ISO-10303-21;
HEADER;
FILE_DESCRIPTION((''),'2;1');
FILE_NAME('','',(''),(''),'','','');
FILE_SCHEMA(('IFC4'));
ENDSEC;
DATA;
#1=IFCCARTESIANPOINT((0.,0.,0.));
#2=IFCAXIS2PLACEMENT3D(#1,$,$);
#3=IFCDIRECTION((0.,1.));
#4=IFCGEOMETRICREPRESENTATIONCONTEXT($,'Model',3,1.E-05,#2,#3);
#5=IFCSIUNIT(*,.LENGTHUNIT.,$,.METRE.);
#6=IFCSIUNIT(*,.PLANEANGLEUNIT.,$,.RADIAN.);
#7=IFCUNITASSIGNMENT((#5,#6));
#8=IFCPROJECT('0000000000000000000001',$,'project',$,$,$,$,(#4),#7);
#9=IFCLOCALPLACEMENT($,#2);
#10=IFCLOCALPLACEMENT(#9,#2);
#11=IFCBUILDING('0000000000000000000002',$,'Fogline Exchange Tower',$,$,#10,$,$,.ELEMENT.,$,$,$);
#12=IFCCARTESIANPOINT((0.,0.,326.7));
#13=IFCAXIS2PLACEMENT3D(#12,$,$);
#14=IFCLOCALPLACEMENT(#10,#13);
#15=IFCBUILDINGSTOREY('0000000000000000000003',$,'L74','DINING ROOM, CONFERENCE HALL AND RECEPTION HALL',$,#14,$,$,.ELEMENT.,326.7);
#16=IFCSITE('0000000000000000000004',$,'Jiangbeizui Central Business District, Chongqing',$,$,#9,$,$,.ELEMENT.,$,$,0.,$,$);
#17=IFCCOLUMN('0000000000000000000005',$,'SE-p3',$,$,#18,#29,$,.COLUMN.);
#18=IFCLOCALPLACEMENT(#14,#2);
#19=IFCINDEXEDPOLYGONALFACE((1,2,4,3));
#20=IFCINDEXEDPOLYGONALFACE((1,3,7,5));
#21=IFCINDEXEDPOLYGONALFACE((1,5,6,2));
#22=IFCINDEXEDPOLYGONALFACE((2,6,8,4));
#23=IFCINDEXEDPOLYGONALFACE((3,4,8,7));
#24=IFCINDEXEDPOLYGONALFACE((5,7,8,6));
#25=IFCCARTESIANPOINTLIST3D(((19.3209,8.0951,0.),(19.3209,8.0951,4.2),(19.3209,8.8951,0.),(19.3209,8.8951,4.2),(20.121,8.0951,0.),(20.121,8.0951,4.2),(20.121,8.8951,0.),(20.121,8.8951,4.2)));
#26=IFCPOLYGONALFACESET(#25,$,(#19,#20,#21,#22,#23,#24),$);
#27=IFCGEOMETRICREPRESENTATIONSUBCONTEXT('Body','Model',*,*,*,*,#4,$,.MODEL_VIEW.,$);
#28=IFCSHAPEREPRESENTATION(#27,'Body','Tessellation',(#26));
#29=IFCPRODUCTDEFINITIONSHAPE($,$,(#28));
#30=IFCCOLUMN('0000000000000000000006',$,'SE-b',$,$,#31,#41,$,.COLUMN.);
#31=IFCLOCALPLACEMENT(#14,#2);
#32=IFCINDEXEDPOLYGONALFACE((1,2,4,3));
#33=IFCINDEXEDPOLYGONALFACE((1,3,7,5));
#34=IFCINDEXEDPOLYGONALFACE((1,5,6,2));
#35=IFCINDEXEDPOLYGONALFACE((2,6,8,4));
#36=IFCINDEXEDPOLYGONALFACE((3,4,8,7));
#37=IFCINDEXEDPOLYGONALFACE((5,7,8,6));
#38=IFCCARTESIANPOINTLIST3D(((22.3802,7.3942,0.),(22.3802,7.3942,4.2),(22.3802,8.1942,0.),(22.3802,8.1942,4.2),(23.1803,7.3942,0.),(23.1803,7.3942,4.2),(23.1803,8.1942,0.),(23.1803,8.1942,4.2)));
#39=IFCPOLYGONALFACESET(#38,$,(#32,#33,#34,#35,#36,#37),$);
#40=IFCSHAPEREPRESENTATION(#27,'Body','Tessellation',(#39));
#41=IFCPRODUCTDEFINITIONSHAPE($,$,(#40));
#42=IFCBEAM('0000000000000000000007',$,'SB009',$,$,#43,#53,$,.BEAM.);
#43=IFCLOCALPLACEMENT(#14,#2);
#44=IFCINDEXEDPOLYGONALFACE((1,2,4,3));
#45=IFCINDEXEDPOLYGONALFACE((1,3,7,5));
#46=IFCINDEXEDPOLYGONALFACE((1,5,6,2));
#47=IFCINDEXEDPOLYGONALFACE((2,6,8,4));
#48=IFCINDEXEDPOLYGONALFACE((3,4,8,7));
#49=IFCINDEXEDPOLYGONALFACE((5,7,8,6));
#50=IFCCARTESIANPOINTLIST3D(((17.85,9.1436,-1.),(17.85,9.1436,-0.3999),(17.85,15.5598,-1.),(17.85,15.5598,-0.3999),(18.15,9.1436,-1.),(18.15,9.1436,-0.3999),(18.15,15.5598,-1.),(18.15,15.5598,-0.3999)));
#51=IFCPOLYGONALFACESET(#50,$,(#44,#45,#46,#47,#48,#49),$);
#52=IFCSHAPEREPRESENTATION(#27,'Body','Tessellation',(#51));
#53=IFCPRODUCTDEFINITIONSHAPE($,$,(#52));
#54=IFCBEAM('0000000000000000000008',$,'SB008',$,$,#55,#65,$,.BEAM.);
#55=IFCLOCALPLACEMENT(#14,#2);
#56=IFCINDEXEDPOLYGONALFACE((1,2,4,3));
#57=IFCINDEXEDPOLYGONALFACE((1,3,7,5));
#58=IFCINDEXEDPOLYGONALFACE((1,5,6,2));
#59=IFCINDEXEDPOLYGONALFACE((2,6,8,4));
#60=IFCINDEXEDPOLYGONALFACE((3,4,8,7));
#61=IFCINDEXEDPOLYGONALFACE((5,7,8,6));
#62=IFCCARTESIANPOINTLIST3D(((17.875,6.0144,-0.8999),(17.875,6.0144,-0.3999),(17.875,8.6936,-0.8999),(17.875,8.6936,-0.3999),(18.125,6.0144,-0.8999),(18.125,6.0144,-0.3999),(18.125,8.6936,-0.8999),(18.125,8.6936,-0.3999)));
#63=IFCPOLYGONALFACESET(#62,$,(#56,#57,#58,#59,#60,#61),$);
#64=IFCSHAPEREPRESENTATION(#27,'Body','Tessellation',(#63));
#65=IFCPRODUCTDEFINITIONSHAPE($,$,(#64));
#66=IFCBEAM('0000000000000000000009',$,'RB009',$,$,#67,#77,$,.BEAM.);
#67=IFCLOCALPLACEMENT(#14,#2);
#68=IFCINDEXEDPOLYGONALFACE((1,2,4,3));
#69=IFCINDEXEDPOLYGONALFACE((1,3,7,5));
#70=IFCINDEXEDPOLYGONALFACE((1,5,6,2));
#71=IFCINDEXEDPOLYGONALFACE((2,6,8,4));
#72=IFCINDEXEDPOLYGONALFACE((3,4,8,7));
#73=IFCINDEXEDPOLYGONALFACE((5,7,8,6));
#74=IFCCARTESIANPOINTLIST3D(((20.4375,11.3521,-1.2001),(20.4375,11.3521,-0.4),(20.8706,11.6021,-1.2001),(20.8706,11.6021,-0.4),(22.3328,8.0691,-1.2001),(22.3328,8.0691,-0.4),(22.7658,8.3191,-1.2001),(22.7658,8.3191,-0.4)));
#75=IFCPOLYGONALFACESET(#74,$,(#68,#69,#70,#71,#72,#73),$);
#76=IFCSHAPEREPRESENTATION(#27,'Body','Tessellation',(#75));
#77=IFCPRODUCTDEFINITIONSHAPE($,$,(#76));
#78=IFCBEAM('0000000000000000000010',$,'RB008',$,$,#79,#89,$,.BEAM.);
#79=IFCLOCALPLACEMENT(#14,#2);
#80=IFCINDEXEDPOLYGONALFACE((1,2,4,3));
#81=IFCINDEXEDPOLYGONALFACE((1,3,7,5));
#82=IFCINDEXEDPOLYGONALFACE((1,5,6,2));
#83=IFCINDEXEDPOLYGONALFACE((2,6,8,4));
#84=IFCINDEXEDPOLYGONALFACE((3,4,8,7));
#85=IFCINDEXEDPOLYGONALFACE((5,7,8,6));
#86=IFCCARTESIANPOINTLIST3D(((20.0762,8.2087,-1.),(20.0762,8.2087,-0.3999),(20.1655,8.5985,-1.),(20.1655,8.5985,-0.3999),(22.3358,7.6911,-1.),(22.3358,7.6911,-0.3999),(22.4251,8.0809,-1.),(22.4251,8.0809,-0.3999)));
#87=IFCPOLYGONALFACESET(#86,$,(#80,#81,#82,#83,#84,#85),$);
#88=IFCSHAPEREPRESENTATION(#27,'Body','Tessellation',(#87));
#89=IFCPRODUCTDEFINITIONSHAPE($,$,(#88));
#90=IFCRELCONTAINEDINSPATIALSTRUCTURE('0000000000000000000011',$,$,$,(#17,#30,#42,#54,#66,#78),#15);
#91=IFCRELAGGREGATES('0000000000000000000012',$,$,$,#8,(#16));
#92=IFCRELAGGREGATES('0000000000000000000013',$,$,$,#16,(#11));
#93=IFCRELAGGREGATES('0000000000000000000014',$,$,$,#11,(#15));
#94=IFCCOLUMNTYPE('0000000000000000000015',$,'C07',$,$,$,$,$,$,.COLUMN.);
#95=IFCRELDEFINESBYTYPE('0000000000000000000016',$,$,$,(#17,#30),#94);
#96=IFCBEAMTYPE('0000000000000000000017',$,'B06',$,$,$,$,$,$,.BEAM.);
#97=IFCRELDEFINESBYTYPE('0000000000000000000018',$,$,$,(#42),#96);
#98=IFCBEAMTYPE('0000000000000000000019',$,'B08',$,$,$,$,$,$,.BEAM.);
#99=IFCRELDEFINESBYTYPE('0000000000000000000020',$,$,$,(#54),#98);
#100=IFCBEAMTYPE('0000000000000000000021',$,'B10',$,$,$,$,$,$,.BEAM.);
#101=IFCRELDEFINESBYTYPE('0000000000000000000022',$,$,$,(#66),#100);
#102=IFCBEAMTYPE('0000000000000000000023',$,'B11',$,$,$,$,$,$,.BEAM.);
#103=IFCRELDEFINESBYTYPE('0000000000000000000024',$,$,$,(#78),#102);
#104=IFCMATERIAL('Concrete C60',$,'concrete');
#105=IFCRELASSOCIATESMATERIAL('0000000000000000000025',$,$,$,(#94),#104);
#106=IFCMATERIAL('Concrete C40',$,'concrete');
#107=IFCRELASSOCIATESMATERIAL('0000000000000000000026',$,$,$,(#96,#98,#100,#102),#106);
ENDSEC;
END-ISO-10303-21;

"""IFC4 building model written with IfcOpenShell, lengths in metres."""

from ifc_helpers import new_model, si_unit, direction, frame, origin, origin_2d, place, context, subcontext, project, spatial, rectangle, extrude, material, material_profile, profile_set, type_object, element, save


model = new_model("IFC4")

# Units and contexts
model_context = context("Model", 3, precision=1e-05, world=origin(), true_north=direction((0.0, 1.0)))
body_context = subcontext(model_context, "Body", "Model", "MODEL_VIEW")
ifc_project = project(units=[si_unit("LENGTHUNIT", "METRE"), si_unit("PLANEANGLEUNIT", "RADIAN")], contexts=[model_context])

# Site, building, storey
site_placement = place(None, origin())
site = spatial("IfcSite", under=ifc_project, at=site_placement, Name="Jiangbeizui Central Business District, Chongqing", CompositionType="ELEMENT", RefElevation=0.0)
building_placement = place(site_placement, origin())
building = spatial("IfcBuilding", under=site, at=building_placement, Name="Fogline Exchange Tower", CompositionType="ELEMENT")
storey_placement = place(building_placement, frame((0.0, 0.0, 326.7)))
storey = spatial("IfcBuildingStorey", under=building, at=storey_placement, Name="L74", Description="DINING ROOM, CONFERENCE HALL AND RECEPTION HALL", CompositionType="ELEMENT", Elevation=326.7)

# Columns
ifc_material_1 = material(Name="Concrete C60", Category="concrete")
ifc_material_profile_1 = material_profile(ifc_material_1, rectangle(XDim=0.8, YDim=0.8, at=origin_2d()), Name="RC 800x800")
ifc_profile_set_1 = profile_set([ifc_material_profile_1], Name="Concrete C60")
column_type = type_object("IfcColumnType", Name="C07", PredefinedType="COLUMN", material=ifc_profile_set_1)
for number, where, z_axis, x_axis, name in (
    (1, (19.7209, 8.4951, 0.0), (0.0, 0.0, 1.0), (1.0, 0.0, 0.0), "SE-p3"),
    (2, (22.7803, 7.7942, 0.0), (0.0, 0.0, 1.0), (1.0, 0.0, 0.0), "SE-b"),
):
    element("IfcColumn", number, at=place(storey_placement, frame(where, z_axis=z_axis, x_axis=x_axis)), inside=storey, type_object=column_type, Name=name, PredefinedType="COLUMN", context=body_context, shape_type="SweptSolid", body=[
        extrude(rectangle(XDim=0.8, YDim=0.8, at=origin_2d()), origin(), (0.0, 0.0, 1.0), 4.2),
    ])

# Beams
ifc_material_2 = material(Name="Concrete C40", Category="concrete")
ifc_material_profile_2 = material_profile(ifc_material_2, rectangle(XDim=0.3, YDim=0.6001, at=origin_2d()), Name="RC 300x600")
ifc_profile_set_2 = profile_set([ifc_material_profile_2], Name="Concrete C40")
beam_type_1 = type_object("IfcBeamType", Name="B06", PredefinedType="BEAM", material=ifc_profile_set_2)
beam_1_placement = place(storey_placement, frame((18.0, 9.1436, -0.7), z_axis=(0.0, 1.0, 0.0), x_axis=(-1.0, 0.0, 0.0)))
element("IfcBeam", 3, at=beam_1_placement, inside=storey, type_object=beam_type_1, Name="SB009", PredefinedType="BEAM", context=body_context, shape_type="SweptSolid", body=[
    extrude(rectangle(XDim=0.3, YDim=0.6001, at=origin_2d()), origin(), (0.0, 0.0, 1.0), 6.4163),
])
ifc_material_profile_3 = material_profile(ifc_material_2, rectangle(XDim=0.25, YDim=0.5, at=origin_2d()), Name="RC 250x500")
ifc_profile_set_3 = profile_set([ifc_material_profile_3], Name="Concrete C40")
beam_type_2 = type_object("IfcBeamType", Name="B08", PredefinedType="BEAM", material=ifc_profile_set_3)
beam_2_placement = place(storey_placement, frame((18.0, 6.0144, -0.6499), z_axis=(0.0, 1.0, 0.0), x_axis=(-1.0, 0.0, 0.0)))
element("IfcBeam", 4, at=beam_2_placement, inside=storey, type_object=beam_type_2, Name="SB008", PredefinedType="BEAM", context=body_context, shape_type="SweptSolid", body=[
    extrude(rectangle(XDim=0.25, YDim=0.5, at=origin_2d()), origin(), (0.0, 0.0, 1.0), 2.6792),
])
ifc_material_profile_4 = material_profile(ifc_material_2, rectangle(XDim=0.5, YDim=0.8, at=origin_2d()), Name="RC 500x800")
ifc_profile_set_4 = profile_set([ifc_material_profile_4], Name="Concrete C40")
beam_type_3 = type_object("IfcBeamType", Name="B10", PredefinedType="BEAM", material=ifc_profile_set_4)
beam_3_placement = place(storey_placement, frame((22.5493, 8.1941, -0.8), z_axis=(-0.49997, 0.866043, 0.0), x_axis=(-0.866043, -0.49997, 0.0)))
element("IfcBeam", 5, at=beam_3_placement, inside=storey, type_object=beam_type_3, Name="RB009", PredefinedType="BEAM", context=body_context, shape_type="SweptSolid", body=[
    extrude(rectangle(XDim=0.5, YDim=0.8, at=origin_2d()), origin(), (0.0, 0.0, 1.0), 3.7908),
])
ifc_material_profile_5 = material_profile(ifc_material_2, rectangle(XDim=0.3999, YDim=0.6001, at=origin_2d()), Name="RC 400x600")
ifc_profile_set_5 = profile_set([ifc_material_profile_5], Name="Concrete C40")
beam_type_4 = type_object("IfcBeamType", Name="B11", PredefinedType="BEAM", material=ifc_profile_set_5)
beam_4_placement = place(storey_placement, frame((20.1208, 8.4036, -0.7), z_axis=(0.974754, -0.223282, 0.0), x_axis=(0.223282, 0.974754, 0.0)))
element("IfcBeam", 6, at=beam_4_placement, inside=storey, type_object=beam_type_4, Name="RB008", PredefinedType="BEAM", context=body_context, shape_type="SweptSolid", body=[
    extrude(rectangle(XDim=0.3999, YDim=0.6001, at=origin_2d()), origin(), (0.0, 0.0, 1.0), 2.3181),
])

save(model, "model.ifc")
